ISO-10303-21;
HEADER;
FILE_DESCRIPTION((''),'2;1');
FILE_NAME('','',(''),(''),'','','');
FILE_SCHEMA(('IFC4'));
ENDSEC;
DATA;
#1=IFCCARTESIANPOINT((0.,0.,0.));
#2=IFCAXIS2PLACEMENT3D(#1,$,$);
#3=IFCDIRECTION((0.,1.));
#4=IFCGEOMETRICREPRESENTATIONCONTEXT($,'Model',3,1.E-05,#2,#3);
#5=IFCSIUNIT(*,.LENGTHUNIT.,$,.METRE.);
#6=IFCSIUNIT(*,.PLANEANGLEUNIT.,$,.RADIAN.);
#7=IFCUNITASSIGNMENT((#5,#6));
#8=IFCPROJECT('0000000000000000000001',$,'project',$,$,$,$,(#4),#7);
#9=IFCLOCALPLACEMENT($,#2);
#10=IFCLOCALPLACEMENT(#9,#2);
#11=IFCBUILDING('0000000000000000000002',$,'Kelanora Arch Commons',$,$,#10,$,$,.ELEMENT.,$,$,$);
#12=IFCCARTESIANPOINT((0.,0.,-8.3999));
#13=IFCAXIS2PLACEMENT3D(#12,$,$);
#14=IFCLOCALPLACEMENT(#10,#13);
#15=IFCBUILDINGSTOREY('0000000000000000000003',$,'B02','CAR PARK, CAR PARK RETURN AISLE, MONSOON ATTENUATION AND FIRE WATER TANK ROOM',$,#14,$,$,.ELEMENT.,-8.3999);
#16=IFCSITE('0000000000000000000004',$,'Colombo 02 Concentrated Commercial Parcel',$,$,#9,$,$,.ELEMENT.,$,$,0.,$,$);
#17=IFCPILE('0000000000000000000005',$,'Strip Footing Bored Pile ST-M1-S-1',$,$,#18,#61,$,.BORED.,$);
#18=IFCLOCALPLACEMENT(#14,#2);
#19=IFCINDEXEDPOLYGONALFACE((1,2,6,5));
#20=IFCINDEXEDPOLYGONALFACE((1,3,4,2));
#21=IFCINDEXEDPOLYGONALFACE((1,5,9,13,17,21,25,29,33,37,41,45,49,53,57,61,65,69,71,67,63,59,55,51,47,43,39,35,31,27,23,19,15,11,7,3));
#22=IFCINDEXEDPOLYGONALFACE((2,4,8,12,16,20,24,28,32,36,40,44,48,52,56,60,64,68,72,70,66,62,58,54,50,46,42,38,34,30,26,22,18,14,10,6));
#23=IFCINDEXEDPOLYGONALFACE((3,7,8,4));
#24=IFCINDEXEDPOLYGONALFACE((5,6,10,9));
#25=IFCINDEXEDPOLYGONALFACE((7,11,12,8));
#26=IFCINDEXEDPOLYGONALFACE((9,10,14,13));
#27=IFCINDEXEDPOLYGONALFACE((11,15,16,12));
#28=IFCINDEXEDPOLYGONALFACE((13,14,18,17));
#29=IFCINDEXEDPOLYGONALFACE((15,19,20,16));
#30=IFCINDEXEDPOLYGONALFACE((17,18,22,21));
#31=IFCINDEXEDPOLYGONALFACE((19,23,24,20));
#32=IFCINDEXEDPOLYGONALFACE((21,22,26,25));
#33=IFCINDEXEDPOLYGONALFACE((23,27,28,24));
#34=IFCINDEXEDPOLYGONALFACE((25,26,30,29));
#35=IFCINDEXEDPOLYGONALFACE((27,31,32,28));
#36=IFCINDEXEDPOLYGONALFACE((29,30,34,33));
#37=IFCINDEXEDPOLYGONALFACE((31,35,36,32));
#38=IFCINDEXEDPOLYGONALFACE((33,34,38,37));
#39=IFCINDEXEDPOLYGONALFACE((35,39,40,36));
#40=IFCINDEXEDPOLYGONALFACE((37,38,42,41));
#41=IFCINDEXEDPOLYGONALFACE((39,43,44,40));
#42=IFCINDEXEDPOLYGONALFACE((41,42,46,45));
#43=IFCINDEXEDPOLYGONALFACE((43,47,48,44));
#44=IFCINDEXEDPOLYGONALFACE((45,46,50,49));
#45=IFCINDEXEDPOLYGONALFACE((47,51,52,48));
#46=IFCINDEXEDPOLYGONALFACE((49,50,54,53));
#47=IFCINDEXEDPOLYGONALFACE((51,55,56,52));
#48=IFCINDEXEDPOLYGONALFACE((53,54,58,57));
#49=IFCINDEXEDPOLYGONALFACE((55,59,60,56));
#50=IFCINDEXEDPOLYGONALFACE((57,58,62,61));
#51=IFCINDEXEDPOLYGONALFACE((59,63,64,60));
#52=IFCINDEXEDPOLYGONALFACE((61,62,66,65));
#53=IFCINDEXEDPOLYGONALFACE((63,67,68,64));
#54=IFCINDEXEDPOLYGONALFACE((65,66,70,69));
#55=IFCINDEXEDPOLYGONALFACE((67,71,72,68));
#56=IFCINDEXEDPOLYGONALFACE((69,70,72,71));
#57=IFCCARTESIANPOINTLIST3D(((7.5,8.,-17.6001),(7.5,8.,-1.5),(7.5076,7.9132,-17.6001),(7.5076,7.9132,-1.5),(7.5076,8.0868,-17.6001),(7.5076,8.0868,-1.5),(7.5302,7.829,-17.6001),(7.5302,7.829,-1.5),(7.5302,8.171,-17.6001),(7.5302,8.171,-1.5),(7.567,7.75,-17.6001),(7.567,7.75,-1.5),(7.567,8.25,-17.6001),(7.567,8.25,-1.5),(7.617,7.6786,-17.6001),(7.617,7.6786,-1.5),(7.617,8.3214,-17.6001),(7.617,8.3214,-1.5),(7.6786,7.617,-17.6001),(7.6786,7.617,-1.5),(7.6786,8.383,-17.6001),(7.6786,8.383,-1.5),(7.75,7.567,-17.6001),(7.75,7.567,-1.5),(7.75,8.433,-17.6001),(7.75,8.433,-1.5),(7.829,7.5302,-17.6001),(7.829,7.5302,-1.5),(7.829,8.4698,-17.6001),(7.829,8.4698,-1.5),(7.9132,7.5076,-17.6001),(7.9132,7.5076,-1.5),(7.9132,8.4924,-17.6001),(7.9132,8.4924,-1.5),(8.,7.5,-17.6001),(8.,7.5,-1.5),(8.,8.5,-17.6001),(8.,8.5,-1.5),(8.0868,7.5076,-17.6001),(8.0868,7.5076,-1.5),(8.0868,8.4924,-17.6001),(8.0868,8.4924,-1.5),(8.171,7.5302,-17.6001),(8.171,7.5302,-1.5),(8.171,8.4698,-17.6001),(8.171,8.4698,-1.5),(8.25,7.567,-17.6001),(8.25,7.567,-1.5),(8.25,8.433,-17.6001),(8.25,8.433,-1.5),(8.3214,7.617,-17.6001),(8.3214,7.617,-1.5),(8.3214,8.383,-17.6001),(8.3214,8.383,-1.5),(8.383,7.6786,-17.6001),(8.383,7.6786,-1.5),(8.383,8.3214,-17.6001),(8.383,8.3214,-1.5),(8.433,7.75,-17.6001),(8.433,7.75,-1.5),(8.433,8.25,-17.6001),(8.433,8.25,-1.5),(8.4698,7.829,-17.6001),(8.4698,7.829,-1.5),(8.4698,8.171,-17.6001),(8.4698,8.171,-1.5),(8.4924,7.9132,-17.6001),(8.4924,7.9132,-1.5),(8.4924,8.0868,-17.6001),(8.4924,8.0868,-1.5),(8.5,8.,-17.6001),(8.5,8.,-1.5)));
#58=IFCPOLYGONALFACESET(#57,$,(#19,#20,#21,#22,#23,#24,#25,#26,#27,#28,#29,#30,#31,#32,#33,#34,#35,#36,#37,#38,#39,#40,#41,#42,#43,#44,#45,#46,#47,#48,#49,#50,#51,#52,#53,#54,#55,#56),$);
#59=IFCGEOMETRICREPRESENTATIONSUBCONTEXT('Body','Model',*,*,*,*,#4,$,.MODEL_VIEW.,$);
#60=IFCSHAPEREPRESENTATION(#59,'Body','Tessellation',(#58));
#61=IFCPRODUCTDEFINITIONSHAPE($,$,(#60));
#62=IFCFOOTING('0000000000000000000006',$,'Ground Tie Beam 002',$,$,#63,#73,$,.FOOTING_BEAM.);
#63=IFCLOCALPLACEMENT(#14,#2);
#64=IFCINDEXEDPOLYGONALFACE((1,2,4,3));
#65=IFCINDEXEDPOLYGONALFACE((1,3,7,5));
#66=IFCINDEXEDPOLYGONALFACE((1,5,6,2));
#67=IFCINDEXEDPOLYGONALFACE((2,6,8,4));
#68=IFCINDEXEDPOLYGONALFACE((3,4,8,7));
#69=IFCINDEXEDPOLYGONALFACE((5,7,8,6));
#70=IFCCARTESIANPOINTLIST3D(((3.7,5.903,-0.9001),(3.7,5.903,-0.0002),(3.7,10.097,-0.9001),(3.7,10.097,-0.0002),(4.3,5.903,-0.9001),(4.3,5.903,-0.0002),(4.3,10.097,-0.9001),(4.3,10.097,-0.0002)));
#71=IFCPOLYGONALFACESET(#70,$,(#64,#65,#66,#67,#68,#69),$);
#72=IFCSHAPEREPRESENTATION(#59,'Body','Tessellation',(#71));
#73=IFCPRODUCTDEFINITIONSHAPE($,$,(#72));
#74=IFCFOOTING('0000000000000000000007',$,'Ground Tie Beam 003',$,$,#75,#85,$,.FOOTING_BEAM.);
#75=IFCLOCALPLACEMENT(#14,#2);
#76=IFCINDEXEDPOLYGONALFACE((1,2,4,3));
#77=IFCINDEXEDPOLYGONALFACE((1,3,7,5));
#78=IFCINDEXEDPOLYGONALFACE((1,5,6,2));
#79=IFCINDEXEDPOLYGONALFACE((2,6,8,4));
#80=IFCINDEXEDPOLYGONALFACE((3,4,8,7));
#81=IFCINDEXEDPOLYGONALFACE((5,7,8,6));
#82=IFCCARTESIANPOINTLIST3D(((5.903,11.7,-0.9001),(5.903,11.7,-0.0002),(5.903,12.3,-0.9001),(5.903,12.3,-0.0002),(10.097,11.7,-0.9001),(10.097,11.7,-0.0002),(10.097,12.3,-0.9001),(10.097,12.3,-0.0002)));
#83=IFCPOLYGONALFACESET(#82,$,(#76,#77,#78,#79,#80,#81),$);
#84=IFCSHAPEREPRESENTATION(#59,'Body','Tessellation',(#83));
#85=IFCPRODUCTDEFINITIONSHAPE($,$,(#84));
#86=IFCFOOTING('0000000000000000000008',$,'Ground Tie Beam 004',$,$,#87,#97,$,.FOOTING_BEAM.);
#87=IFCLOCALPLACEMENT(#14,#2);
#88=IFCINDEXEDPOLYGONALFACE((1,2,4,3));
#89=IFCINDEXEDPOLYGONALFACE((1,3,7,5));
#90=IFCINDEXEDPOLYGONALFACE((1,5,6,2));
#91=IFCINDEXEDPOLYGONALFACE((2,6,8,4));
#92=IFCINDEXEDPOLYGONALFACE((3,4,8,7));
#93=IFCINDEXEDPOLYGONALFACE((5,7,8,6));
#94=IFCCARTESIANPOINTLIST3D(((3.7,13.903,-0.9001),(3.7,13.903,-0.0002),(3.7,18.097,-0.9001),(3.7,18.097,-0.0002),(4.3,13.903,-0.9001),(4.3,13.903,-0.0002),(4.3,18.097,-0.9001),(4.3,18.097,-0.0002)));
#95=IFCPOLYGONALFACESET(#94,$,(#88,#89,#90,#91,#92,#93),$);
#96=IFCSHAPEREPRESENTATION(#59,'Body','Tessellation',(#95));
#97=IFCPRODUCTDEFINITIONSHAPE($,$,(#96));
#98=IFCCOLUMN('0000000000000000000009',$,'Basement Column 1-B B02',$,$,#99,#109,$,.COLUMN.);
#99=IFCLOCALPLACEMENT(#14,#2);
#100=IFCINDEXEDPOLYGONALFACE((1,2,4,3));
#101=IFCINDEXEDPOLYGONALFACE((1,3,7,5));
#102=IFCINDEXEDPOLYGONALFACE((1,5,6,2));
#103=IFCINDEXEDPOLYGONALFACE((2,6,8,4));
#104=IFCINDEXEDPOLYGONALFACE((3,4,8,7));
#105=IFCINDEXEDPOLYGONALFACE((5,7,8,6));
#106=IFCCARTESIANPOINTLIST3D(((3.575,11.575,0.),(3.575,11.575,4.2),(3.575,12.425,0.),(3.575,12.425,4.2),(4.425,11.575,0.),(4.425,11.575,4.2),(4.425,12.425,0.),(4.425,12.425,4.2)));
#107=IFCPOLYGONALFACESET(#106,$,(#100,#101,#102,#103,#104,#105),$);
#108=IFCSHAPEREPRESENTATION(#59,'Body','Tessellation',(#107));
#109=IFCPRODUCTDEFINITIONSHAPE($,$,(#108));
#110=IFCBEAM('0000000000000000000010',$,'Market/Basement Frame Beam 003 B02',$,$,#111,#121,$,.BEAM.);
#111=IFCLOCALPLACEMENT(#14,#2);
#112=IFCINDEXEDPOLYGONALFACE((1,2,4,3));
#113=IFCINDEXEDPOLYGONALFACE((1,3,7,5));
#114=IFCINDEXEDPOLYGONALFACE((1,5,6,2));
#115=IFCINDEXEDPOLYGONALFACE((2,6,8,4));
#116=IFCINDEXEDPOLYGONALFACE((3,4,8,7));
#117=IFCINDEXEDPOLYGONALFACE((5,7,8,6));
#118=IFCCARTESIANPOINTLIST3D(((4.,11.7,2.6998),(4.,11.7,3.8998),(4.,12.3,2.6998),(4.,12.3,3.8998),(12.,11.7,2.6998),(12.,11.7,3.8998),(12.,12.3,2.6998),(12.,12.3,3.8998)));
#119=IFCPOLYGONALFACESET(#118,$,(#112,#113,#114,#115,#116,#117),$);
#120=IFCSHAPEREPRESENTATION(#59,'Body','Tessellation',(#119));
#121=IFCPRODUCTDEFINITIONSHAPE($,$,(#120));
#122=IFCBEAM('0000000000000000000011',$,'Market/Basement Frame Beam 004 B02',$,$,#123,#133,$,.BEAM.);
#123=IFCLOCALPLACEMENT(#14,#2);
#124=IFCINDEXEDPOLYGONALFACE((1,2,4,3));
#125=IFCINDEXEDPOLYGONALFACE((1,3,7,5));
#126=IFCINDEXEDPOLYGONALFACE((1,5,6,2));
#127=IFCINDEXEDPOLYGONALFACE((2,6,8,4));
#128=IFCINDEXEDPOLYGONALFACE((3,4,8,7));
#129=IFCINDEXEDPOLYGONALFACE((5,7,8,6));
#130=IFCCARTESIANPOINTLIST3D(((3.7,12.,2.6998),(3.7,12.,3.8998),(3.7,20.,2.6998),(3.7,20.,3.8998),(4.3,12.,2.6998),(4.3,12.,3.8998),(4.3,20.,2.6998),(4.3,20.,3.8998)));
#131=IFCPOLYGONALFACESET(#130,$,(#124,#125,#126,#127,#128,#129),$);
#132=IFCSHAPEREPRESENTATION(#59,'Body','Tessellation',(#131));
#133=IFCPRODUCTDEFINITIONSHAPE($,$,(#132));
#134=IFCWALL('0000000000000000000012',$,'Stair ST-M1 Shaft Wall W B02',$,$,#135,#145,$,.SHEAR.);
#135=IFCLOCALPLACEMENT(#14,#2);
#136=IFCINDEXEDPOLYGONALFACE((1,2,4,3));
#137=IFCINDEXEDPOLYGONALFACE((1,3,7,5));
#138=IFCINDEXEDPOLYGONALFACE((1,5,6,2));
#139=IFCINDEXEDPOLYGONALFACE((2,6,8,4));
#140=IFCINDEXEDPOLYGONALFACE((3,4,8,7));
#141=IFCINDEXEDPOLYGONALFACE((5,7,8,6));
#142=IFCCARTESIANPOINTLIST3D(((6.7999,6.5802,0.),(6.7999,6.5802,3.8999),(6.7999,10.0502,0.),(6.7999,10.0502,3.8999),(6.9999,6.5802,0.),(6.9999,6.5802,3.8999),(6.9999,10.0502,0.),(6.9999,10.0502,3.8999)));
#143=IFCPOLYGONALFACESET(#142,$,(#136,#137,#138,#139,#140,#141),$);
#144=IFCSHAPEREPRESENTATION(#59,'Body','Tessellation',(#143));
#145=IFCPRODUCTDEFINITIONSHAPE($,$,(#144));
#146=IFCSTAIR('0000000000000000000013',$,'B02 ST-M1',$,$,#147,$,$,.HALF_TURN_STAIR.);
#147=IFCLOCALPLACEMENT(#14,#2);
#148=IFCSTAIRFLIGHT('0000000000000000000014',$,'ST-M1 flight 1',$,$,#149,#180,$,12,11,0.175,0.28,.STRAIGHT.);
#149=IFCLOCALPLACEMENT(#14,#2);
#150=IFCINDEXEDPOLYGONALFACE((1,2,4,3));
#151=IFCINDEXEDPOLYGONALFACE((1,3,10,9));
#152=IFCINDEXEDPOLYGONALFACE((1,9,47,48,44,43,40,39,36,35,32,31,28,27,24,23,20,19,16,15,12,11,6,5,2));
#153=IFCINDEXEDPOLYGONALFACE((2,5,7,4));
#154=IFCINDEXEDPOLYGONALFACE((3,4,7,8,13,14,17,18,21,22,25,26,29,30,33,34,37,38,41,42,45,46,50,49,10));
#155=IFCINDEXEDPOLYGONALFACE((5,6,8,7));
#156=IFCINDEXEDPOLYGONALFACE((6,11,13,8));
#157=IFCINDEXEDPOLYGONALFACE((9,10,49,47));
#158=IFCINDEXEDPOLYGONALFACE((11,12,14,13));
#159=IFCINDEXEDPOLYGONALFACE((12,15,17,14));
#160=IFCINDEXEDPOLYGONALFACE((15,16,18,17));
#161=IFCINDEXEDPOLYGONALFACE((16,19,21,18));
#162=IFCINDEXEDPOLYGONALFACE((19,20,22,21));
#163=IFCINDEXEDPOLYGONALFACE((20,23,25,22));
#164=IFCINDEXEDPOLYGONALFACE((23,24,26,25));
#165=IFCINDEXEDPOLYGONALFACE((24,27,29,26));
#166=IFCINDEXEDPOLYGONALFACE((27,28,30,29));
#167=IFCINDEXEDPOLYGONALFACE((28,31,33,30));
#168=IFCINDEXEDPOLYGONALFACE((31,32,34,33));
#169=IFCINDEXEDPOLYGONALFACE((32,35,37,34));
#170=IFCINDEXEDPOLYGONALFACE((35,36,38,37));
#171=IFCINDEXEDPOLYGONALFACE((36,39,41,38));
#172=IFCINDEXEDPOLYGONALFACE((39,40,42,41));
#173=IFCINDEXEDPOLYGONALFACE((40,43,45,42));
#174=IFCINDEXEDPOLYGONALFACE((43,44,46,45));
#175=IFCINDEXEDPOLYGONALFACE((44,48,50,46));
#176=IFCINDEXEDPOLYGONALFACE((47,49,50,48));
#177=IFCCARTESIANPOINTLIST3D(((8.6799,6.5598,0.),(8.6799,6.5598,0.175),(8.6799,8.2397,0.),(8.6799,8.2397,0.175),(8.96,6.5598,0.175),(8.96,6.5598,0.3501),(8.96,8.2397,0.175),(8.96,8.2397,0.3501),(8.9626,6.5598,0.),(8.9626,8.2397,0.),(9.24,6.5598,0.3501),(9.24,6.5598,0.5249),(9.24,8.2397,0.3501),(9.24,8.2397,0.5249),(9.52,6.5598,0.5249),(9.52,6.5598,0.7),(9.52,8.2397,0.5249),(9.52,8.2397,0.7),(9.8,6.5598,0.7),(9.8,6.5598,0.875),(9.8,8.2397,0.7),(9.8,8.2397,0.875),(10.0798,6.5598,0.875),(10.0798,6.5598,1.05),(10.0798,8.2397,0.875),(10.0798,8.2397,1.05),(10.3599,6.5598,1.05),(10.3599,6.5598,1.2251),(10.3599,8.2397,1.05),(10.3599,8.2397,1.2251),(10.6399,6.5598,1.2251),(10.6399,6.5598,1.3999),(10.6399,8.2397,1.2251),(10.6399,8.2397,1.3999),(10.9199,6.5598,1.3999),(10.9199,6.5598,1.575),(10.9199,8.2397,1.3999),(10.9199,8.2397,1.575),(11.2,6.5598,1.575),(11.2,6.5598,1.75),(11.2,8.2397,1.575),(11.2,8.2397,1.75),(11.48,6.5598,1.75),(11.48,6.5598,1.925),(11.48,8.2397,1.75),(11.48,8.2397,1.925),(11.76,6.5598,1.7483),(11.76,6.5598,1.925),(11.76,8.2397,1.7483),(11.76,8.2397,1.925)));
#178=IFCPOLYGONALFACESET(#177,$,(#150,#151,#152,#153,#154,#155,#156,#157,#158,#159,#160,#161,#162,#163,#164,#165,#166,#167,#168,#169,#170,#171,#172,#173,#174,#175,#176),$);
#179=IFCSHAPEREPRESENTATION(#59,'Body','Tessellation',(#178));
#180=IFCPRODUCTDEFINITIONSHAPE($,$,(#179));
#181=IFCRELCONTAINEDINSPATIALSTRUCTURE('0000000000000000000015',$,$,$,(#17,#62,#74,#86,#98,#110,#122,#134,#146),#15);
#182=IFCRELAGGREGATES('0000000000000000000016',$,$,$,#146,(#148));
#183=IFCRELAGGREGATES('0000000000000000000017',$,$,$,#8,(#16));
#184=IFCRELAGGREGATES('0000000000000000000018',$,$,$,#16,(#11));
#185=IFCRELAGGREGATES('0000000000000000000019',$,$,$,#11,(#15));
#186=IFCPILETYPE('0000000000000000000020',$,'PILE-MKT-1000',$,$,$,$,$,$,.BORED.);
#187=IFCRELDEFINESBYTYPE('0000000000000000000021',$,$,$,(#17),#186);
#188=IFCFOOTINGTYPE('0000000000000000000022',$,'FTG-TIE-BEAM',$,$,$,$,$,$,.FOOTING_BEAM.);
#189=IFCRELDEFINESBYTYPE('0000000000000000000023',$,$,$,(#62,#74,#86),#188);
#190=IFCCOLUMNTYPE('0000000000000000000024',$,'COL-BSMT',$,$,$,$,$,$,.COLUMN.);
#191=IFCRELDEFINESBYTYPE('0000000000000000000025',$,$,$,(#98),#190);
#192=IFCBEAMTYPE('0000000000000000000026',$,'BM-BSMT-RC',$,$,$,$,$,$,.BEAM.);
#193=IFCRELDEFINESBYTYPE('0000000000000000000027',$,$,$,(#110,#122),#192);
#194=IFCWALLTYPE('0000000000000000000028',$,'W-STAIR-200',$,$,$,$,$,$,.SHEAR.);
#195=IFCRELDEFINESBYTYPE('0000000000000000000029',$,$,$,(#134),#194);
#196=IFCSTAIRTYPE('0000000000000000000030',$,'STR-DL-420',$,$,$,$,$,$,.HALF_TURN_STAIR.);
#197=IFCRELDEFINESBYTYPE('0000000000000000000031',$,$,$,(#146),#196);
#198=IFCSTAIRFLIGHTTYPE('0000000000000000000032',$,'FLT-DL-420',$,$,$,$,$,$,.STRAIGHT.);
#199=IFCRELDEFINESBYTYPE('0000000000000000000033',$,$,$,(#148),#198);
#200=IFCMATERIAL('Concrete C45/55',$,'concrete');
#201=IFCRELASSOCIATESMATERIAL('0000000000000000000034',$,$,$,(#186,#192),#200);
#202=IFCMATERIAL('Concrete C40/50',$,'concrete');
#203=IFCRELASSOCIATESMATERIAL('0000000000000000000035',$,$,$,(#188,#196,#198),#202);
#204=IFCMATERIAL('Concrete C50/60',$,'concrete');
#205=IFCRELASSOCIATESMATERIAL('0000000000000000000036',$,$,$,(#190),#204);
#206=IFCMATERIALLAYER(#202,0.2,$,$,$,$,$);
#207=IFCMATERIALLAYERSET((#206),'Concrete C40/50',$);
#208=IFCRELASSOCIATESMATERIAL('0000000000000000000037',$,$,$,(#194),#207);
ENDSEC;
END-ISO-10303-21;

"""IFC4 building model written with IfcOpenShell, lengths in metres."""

from ifc_helpers import new_model, si_unit, direction, frame, frame_2d, origin, origin_2d, place, context, subcontext, project, spatial, polyline, rectangle, circle, outline, extrude, source, transform, mapped, material, layer, layer_set, material_profile, profile_set, type_object, element, aggregate, save


model = new_model("IFC4")

# Units and contexts
model_context = context("Model", 3, precision=1e-05, world=origin(), true_north=direction((0.0, 1.0)))
body_context = subcontext(model_context, "Body", "Model", "MODEL_VIEW")
ifc_project = project(units=[si_unit("LENGTHUNIT", "METRE"), si_unit("PLANEANGLEUNIT", "RADIAN")], contexts=[model_context])

# Site, building, storey
site_placement = place(None, origin())
site = spatial("IfcSite", under=ifc_project, at=site_placement, Name="Colombo 02 Concentrated Commercial Parcel", CompositionType="ELEMENT", RefElevation=0.0)
building_placement = place(site_placement, origin())
building = spatial("IfcBuilding", under=site, at=building_placement, Name="Kelanora Arch Commons", CompositionType="ELEMENT")
storey_placement = place(building_placement, frame((0.0, 0.0, -8.3999)))
storey = spatial("IfcBuildingStorey", under=building, at=storey_placement, Name="B02", Description="CAR PARK, CAR PARK RETURN AISLE, MONSOON ATTENUATION AND FIRE WATER TANK ROOM", CompositionType="ELEMENT", Elevation=-8.3999)

# Shared definitions
ifc_material_1 = material(Name="Concrete C40/50", Category="concrete")

# Pile
ifc_material_2 = material(Name="Concrete C45/55", Category="concrete")
ifc_material_profile_1 = material_profile(ifc_material_2, circle(Radius=0.5, at=origin_2d()), Name="PILE1000")
ifc_profile_set_1 = profile_set([ifc_material_profile_1], Name="Concrete C45/55")
pile_type = type_object("IfcPileType", Name="PILE-MKT-1000", PredefinedType="BORED", material=ifc_profile_set_1)
shared_shape_1 = source(origin(), body_context, "Body", "SweptSolid", [
    extrude(circle(Radius=0.5, at=origin_2d()), origin(), (0.0, 0.0, 1.0), 16.1001),
])
pile_placement = place(storey_placement, frame((8.0, 8.0, -1.5), z_axis=(0.0, 0.0, -1.0), x_axis=(1.0, 0.0, 0.0)))
element("IfcPile", 1, at=pile_placement, inside=storey, type_object=pile_type, Name="Strip Footing Bored Pile ST-M1-S-1", PredefinedType="BORED", context=body_context, shape_type="MappedRepresentation", body=[
    mapped(shared_shape_1, transform((0.0, 0.0, 0.0), scale=1.0)),
])

# Footings
footing_type_1 = type_object("IfcFootingType", Name="FTG-TIE-BEAM", PredefinedType="FOOTING_BEAM", material=ifc_material_1)
shared_shape_2 = source(origin(), body_context, "Body", "SweptSolid", [
    extrude(rectangle(XDim=4.1941, YDim=0.6001, at=origin_2d()), origin(), (0.0, 0.0, 1.0), 0.8999),
])
for number, where, z_axis, x_axis, name in (
    (2, (4.0, 8.0, -0.9001), (0.0, 0.0, 1.0), (0.0, 1.0, 0.0), "Ground Tie Beam 002"),
    (3, (8.0, 12.0, -0.9001), (0.0, 0.0, 1.0), (1.0, 0.0, 0.0), "Ground Tie Beam 003"),
    (4, (4.0, 16.0, -0.9001), (0.0, 0.0, 1.0), (0.0, 1.0, 0.0), "Ground Tie Beam 004"),
):
    element("IfcFooting", number, at=place(storey_placement, frame(where, z_axis=z_axis, x_axis=x_axis)), inside=storey, type_object=footing_type_1, Name=name, PredefinedType="FOOTING_BEAM", context=body_context, shape_type="MappedRepresentation", body=[
        mapped(shared_shape_2, transform((0.0, 0.0, 0.0), scale=1.0)),
    ])

# Column
ifc_material_3 = material(Name="Concrete C50/60", Category="concrete")
ifc_material_profile_2 = material_profile(ifc_material_3, rectangle(XDim=0.8501, YDim=0.8501, at=origin_2d()), Name="RC850x850")
ifc_profile_set_2 = profile_set([ifc_material_profile_2], Name="Concrete C50/60")
column_type = type_object("IfcColumnType", Name="COL-BSMT", PredefinedType="COLUMN", material=ifc_profile_set_2)
column_placement = place(storey_placement, frame((4.0, 12.0, 0.0), z_axis=(0.0, 0.0, 1.0), x_axis=(1.0, 0.0, 0.0)))
element("IfcColumn", 5, at=column_placement, inside=storey, type_object=column_type, Name="Basement Column 1-B B02", PredefinedType="COLUMN", context=body_context, shape_type="SweptSolid", body=[
    extrude(rectangle(XDim=0.8501, YDim=0.8501, at=origin_2d()), origin(), (0.0, 0.0, 1.0), 4.2),
])

# Beams
ifc_material_profile_3 = material_profile(ifc_material_2, rectangle(XDim=0.6001, YDim=1.2, at=origin_2d()), Name="RCB600x1200")
ifc_profile_set_3 = profile_set([ifc_material_profile_3], Name="Concrete C45/55")
beam_type = type_object("IfcBeamType", Name="BM-BSMT-RC", PredefinedType="BEAM", material=ifc_profile_set_3)
for number, where, z_axis, x_axis, name in (
    (6, (4.0, 12.0, 3.2998), (1.0, 0.0, 0.0), (0.0, 1.0, 0.0), "Market/Basement Frame Beam 003 B02"),
    (7, (4.0, 12.0, 3.2998), (0.0, 1.0, 0.0), (-1.0, 0.0, 0.0), "Market/Basement Frame Beam 004 B02"),
):
    element("IfcBeam", number, at=place(storey_placement, frame(where, z_axis=z_axis, x_axis=x_axis)), inside=storey, type_object=beam_type, Name=name, PredefinedType="BEAM", context=body_context, shape_type="SweptSolid", body=[
        extrude(rectangle(XDim=0.6001, YDim=1.2, at=origin_2d()), origin(), (0.0, 0.0, 1.0), 8.0),
    ])

# Wall
ifc_layer = layer(ifc_material_1, 0.2)
ifc_layer_set = layer_set([ifc_layer], Name="Concrete C40/50")
wall_type = type_object("IfcWallType", Name="W-STAIR-200", PredefinedType="SHEAR", material=ifc_layer_set)
wall_placement = place(storey_placement, frame((6.8999, 10.05, 0.0), z_axis=(0.0, 0.0, 1.0), x_axis=(0.0, -1.0, 0.0)))
element("IfcWall", 8, at=wall_placement, inside=storey, type_object=wall_type, Name="Stair ST-M1 Shaft Wall W B02", PredefinedType="SHEAR", context=body_context, shape_type="SweptSolid", body=[
    extrude(rectangle(XDim=3.47, YDim=0.2, at=frame_2d((1.7349, 0.0))), origin(), (0.0, 0.0, 1.0), 3.8999),
])

# Stair, stair flight
stair_type = type_object("IfcStairType", Name="STR-DL-420", PredefinedType="HALF_TURN_STAIR", material=ifc_material_1)
stair_placement = place(storey_placement, origin())
stair = element("IfcStair", 9, at=stair_placement, inside=storey, type_object=stair_type, Name="B02 ST-M1", PredefinedType="HALF_TURN_STAIR")
stair_flight_type = type_object("IfcStairFlightType", Name="FLT-DL-420", PredefinedType="STRAIGHT", material=ifc_material_1)
stair_flight_placement = place(storey_placement, frame((8.6799, 7.3999, 0.0), z_axis=(0.0, 0.0, 1.0), x_axis=(1.0, 0.0, 0.0)))
stair_flight = element("IfcStairFlight", 10, at=stair_flight_placement, type_object=stair_flight_type, Name="ST-M1 flight 1", NumberOfRisers=12, NumberOfTreads=11, PredefinedType="STRAIGHT", RiserHeight=0.175, TreadLength=0.28, context=body_context, shape_type="SweptSolid", body=[
    extrude(outline(polyline([(0.0, 0.0), (0.0, 0.175), (0.28, 0.175), (0.28, 0.3501), (0.5601, 0.3501), (0.5601, 0.5249), (0.8401, 0.5249), (0.8401, 0.7), (1.1201, 0.7), (1.1201, 0.875), (1.3999, 0.875), (1.3999, 1.05), (1.6799, 1.05), (1.6799, 1.2251), (1.96, 1.2251), (1.96, 1.3999), (2.24, 1.3999), (2.24, 1.575), (2.52, 1.575), (2.52, 1.75), (2.8, 1.75), (2.8, 1.925), (3.0801, 1.925), (3.0801, 2.1001), (3.0801, 1.7483), (0.2827, 0.0), (0.0, 0.0)])), frame((0.0, 0.8398, 0.0), z_axis=(0.0, -1.0, 0.0), x_axis=(1.0, 0.0, 0.0)), (0.0, 0.0, 1.0), 1.6799),
])
aggregate(stair, [stair_flight])

save(model, "model.ifc")
